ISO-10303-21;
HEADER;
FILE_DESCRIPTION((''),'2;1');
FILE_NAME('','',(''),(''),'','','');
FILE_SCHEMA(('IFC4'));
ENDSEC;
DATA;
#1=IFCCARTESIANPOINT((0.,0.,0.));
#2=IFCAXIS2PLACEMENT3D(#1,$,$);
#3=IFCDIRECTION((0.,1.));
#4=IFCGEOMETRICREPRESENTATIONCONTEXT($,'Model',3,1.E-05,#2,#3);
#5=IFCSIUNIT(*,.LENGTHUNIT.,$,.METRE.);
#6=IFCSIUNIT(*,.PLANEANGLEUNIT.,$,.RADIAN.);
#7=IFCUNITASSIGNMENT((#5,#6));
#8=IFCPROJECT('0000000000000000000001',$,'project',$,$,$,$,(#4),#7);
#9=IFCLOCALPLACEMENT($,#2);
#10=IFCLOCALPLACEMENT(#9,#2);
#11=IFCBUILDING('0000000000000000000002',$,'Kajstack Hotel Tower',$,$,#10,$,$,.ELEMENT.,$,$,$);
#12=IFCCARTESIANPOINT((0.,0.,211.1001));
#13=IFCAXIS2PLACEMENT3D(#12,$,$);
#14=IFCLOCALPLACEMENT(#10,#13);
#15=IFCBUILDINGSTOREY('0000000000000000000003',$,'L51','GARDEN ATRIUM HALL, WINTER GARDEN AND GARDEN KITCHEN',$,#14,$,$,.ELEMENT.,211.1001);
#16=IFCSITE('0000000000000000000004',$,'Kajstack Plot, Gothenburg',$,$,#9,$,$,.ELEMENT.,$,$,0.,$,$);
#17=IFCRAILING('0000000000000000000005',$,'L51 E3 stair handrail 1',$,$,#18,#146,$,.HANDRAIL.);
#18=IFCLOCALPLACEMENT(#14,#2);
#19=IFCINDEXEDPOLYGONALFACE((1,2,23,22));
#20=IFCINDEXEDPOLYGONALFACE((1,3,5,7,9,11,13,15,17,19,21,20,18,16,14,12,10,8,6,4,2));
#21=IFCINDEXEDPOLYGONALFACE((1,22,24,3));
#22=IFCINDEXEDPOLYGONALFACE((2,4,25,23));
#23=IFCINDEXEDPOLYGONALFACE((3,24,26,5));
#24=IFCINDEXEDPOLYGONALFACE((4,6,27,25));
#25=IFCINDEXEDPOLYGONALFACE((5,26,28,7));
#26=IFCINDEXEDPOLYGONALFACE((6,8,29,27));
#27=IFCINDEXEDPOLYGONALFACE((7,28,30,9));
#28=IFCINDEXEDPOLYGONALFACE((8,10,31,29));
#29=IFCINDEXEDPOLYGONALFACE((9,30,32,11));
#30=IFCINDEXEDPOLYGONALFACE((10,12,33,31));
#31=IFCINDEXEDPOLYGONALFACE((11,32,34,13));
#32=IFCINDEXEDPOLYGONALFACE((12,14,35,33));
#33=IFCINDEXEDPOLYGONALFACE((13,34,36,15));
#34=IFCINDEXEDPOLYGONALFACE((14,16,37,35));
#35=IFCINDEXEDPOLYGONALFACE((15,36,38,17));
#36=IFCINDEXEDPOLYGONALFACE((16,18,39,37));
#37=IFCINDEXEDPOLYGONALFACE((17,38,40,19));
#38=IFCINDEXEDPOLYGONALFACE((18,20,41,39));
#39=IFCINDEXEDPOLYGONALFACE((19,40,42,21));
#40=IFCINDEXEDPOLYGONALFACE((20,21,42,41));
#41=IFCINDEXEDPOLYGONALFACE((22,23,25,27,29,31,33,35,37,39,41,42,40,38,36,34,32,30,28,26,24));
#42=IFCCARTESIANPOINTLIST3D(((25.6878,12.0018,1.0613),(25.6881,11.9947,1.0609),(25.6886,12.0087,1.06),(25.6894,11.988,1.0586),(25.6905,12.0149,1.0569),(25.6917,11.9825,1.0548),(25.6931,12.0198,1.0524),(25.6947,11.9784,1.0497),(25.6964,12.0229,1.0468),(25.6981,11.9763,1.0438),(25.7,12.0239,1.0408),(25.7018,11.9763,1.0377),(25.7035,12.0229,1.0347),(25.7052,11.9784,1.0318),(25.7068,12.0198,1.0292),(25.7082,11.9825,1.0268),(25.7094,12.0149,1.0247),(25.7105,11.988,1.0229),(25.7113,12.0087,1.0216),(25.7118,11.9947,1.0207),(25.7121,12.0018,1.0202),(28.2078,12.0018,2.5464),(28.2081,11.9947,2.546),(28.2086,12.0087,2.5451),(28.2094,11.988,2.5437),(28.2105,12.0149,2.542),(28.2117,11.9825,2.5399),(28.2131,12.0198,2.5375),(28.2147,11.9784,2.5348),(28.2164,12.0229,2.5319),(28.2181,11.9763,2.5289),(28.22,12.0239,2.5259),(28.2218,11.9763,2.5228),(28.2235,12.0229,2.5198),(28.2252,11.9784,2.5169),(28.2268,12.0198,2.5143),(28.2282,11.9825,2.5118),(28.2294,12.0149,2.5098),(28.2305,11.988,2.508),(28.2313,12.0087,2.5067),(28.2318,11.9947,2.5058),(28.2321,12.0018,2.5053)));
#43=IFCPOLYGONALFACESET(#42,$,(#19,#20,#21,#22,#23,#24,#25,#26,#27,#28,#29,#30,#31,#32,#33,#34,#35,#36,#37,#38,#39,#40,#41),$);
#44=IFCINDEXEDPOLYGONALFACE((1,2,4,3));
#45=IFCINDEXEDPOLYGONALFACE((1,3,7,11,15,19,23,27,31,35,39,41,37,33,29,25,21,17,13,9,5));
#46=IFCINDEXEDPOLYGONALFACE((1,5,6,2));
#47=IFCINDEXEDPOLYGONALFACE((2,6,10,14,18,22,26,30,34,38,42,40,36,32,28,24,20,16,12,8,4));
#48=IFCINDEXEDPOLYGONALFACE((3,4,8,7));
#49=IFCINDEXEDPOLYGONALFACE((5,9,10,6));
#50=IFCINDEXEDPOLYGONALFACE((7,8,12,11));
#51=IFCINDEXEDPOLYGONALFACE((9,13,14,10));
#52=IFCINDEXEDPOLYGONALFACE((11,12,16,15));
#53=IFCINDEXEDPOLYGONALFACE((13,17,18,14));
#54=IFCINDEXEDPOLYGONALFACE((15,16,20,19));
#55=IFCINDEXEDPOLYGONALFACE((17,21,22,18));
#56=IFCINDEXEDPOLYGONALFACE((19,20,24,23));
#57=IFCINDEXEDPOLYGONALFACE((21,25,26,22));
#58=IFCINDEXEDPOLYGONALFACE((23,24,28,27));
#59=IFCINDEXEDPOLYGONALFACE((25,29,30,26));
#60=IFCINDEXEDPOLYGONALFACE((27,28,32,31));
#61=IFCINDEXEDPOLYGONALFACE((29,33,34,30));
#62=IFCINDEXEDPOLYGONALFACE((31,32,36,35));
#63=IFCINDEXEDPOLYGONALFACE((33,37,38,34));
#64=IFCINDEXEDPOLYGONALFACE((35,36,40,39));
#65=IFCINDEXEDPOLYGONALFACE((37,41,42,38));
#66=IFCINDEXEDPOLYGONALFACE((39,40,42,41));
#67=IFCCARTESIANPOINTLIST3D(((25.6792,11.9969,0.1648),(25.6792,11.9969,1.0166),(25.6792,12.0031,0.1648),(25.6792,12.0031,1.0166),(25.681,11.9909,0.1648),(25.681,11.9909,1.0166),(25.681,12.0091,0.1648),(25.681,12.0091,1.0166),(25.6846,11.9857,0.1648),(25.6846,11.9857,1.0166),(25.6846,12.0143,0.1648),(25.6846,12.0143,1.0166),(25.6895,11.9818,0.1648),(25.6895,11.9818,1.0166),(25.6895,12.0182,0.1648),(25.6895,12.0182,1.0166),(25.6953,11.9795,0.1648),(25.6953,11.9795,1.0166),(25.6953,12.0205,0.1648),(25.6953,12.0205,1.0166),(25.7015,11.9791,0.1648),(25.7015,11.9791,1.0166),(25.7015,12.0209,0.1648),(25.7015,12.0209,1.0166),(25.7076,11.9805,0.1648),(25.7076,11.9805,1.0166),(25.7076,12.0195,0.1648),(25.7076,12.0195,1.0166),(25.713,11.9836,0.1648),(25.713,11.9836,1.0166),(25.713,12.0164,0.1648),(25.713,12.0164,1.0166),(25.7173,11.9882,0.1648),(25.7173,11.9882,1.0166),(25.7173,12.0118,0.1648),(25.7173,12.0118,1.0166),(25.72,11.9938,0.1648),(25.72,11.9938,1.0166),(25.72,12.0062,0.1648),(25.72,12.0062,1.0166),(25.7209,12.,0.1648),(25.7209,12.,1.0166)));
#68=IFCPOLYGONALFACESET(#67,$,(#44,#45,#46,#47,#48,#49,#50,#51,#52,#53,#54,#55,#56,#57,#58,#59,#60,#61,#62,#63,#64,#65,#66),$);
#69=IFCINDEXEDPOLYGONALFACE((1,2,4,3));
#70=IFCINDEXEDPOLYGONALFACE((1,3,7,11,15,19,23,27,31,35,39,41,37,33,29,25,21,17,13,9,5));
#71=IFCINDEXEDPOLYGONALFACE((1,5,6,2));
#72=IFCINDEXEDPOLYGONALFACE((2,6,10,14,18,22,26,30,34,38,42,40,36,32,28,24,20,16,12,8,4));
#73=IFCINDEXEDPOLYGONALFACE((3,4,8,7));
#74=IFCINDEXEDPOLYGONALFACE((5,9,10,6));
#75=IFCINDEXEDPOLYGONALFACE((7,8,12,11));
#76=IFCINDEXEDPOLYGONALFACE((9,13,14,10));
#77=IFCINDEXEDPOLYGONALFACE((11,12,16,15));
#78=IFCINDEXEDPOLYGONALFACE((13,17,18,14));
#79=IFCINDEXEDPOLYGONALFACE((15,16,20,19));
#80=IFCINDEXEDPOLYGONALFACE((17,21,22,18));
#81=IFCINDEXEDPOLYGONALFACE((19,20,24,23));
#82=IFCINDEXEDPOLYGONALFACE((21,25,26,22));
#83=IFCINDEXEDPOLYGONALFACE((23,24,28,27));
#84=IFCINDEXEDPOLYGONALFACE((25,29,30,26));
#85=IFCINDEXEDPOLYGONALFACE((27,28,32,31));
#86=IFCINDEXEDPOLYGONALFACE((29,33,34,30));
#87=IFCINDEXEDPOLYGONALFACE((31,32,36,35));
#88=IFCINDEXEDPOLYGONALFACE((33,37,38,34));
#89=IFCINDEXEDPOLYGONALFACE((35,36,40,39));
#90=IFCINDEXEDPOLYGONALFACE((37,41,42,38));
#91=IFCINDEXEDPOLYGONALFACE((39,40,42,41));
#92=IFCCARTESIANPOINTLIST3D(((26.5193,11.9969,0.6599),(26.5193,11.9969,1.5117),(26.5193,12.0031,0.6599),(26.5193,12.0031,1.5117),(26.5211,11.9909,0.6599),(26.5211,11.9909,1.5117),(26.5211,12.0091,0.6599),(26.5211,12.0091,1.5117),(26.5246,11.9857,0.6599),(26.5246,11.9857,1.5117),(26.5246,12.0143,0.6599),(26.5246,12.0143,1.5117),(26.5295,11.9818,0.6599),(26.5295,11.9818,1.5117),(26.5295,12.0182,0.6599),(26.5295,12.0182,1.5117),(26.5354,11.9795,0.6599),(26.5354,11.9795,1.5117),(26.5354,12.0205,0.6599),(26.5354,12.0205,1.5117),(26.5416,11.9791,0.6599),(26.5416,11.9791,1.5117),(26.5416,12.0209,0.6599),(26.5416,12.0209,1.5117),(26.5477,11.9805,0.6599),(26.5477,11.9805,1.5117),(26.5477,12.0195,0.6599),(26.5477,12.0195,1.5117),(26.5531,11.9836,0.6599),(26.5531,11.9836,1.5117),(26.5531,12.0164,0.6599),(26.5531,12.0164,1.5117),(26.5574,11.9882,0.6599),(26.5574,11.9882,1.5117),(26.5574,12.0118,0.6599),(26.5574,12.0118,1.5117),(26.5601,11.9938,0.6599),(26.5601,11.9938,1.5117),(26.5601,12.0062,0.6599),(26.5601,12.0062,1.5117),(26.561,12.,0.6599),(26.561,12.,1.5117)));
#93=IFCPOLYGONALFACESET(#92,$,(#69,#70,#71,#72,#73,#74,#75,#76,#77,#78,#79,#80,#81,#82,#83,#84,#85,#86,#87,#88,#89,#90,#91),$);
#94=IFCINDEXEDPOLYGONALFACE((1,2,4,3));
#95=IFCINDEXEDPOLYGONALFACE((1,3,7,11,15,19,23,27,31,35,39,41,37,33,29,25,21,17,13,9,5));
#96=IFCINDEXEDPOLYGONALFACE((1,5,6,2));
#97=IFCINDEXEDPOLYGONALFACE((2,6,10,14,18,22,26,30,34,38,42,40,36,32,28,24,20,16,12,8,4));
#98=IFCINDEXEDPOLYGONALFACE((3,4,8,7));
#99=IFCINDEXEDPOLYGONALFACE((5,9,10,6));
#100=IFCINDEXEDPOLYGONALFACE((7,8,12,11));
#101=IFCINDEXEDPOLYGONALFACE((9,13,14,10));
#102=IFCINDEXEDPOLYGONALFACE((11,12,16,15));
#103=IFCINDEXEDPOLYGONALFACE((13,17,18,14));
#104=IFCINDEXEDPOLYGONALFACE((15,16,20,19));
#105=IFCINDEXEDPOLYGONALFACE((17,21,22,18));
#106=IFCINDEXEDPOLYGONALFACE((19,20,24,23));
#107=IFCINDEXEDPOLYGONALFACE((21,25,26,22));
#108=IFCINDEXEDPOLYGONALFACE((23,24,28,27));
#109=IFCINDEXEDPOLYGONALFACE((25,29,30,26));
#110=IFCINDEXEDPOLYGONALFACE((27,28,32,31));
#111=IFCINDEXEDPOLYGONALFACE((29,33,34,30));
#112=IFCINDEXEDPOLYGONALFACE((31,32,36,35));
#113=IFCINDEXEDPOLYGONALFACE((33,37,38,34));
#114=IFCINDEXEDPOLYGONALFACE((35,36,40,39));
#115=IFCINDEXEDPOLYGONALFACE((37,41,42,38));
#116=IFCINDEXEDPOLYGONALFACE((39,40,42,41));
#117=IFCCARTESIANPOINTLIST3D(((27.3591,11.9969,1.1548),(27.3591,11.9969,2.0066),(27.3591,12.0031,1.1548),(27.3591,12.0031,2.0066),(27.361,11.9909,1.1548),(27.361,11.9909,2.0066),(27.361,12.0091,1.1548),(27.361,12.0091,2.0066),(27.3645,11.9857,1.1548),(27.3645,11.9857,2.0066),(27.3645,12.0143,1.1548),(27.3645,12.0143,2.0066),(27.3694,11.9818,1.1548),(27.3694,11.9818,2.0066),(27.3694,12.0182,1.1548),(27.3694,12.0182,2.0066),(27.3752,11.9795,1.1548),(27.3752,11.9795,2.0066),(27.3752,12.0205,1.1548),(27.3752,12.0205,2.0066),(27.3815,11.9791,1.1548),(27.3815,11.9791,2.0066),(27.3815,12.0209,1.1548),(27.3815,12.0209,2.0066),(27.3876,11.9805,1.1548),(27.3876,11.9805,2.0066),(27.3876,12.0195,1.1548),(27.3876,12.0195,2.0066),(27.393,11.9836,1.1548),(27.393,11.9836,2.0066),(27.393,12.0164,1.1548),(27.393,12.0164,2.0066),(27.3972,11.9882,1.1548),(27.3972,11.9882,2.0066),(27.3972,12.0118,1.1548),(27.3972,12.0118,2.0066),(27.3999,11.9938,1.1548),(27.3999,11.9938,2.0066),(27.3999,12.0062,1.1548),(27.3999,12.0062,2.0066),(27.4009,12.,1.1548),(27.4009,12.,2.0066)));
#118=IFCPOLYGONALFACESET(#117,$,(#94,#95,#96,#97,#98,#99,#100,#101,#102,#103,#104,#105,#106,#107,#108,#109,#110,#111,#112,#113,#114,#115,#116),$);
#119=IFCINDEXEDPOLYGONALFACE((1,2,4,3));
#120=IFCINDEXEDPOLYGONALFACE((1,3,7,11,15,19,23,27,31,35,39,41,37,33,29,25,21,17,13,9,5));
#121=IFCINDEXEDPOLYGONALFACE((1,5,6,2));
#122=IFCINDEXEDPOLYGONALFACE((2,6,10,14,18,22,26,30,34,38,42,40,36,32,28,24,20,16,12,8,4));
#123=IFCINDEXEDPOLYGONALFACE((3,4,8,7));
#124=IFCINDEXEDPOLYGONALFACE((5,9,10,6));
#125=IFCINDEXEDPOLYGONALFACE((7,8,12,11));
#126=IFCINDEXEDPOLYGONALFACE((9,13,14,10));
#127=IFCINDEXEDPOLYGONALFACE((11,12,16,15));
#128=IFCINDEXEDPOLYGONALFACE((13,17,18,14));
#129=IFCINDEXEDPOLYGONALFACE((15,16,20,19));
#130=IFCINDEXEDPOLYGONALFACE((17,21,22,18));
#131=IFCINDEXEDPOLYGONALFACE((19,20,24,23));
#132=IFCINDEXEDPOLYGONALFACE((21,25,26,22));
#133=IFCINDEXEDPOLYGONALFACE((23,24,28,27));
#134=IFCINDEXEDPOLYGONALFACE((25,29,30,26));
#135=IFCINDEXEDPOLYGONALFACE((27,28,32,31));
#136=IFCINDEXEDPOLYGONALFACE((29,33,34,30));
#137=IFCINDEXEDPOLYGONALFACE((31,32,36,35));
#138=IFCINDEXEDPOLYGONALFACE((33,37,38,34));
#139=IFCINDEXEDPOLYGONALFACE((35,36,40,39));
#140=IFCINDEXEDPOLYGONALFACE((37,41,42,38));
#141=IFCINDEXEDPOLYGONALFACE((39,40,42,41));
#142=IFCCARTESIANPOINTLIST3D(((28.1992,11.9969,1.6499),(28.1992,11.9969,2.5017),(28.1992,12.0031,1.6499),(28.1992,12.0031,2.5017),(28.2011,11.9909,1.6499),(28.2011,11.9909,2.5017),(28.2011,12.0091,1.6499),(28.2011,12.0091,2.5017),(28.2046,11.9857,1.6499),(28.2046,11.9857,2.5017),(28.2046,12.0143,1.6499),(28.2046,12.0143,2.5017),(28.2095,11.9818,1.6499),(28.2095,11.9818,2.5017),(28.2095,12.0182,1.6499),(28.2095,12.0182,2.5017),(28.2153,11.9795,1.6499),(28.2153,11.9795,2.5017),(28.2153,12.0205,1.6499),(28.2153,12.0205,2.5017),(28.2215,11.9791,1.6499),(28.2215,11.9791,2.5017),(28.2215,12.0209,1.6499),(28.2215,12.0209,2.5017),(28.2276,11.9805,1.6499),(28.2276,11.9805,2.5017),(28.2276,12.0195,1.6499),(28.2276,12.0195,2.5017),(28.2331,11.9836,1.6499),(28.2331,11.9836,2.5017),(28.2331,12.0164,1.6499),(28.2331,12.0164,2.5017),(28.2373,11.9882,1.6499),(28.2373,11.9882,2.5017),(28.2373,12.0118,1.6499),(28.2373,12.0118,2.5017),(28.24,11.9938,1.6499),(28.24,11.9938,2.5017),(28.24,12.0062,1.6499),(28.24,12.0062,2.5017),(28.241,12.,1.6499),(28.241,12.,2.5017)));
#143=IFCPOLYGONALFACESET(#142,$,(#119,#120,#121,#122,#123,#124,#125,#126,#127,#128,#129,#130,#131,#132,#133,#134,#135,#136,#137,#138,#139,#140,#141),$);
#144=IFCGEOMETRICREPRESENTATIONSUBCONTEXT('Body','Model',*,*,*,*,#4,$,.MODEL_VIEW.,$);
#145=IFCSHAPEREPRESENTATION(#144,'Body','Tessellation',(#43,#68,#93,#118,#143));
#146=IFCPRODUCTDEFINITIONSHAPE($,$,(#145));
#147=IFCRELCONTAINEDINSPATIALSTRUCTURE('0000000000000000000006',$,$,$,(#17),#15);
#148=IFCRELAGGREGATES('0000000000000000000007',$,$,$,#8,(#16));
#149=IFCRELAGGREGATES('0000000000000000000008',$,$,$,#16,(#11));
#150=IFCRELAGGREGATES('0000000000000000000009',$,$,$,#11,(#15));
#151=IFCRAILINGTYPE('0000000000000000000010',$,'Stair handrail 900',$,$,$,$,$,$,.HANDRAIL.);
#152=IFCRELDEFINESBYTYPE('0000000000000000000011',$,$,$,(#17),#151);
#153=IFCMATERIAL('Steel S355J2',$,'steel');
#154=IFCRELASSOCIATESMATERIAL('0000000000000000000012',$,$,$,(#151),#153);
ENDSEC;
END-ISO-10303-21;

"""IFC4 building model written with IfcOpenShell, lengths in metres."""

from ifc_helpers import new_model, si_unit, direction, frame, origin, origin_2d, place, context, subcontext, project, spatial, circle, extrude, material, type_object, element, save


model = new_model("IFC4")

# Units and contexts
model_context = context("Model", 3, precision=1e-05, world=origin(), true_north=direction((0.0, 1.0)))
body_context = subcontext(model_context, "Body", "Model", "MODEL_VIEW")
ifc_project = project(units=[si_unit("LENGTHUNIT", "METRE"), si_unit("PLANEANGLEUNIT", "RADIAN")], contexts=[model_context])

# Site, building, storey
site_placement = place(None, origin())
site = spatial("IfcSite", under=ifc_project, at=site_placement, Name="Kajstack Plot, Gothenburg", CompositionType="ELEMENT", RefElevation=0.0)
building_placement = place(site_placement, origin())
building = spatial("IfcBuilding", under=site, at=building_placement, Name="Kajstack Hotel Tower", CompositionType="ELEMENT")
storey_placement = place(building_placement, frame((0.0, 0.0, 211.1001)))
storey = spatial("IfcBuildingStorey", under=building, at=storey_placement, Name="L51", Description="GARDEN ATRIUM HALL, WINTER GARDEN AND GARDEN KITCHEN", CompositionType="ELEMENT", Elevation=211.1001)

# Railing
ifc_material_1 = material(Name="Steel S355J2", Category="steel")
railing_type_1 = type_object("IfcRailingType", Name="Stair handrail 900", PredefinedType="HANDRAIL", material=ifc_material_1)
railing_1_placement = place(storey_placement, frame((25.7, 12.0, 0.1648)))
element("IfcRailing", 1, at=railing_1_placement, inside=storey, type_object=railing_type_1, Name="L51 E3 stair handrail 1", PredefinedType="HANDRAIL", context=body_context, shape_type="SweptSolid", body=[
    extrude(circle(Radius=0.0239, at=origin_2d()), frame((0.0, 0.0, 0.876), z_axis=(0.861524, 0.0, 0.507717), x_axis=(0.0, 1.0, 0.0)), (0.0, 0.0, 1.0), 2.925),
    extrude(circle(Radius=0.021, at=origin_2d()), origin(), (0.0, 0.0, 1.0), 0.8518),
    extrude(circle(Radius=0.021, at=origin_2d()), frame((0.8401, 0.0, 0.4951)), (0.0, 0.0, 1.0), 0.8518),
    extrude(circle(Radius=0.021, at=origin_2d()), frame((1.6799, 0.0, 0.99)), (0.0, 0.0, 1.0), 0.8518),
    extrude(circle(Radius=0.021, at=origin_2d()), frame((2.52, 0.0, 1.4851)), (0.0, 0.0, 1.0), 0.8518),
])

save(model, "model.ifc")
